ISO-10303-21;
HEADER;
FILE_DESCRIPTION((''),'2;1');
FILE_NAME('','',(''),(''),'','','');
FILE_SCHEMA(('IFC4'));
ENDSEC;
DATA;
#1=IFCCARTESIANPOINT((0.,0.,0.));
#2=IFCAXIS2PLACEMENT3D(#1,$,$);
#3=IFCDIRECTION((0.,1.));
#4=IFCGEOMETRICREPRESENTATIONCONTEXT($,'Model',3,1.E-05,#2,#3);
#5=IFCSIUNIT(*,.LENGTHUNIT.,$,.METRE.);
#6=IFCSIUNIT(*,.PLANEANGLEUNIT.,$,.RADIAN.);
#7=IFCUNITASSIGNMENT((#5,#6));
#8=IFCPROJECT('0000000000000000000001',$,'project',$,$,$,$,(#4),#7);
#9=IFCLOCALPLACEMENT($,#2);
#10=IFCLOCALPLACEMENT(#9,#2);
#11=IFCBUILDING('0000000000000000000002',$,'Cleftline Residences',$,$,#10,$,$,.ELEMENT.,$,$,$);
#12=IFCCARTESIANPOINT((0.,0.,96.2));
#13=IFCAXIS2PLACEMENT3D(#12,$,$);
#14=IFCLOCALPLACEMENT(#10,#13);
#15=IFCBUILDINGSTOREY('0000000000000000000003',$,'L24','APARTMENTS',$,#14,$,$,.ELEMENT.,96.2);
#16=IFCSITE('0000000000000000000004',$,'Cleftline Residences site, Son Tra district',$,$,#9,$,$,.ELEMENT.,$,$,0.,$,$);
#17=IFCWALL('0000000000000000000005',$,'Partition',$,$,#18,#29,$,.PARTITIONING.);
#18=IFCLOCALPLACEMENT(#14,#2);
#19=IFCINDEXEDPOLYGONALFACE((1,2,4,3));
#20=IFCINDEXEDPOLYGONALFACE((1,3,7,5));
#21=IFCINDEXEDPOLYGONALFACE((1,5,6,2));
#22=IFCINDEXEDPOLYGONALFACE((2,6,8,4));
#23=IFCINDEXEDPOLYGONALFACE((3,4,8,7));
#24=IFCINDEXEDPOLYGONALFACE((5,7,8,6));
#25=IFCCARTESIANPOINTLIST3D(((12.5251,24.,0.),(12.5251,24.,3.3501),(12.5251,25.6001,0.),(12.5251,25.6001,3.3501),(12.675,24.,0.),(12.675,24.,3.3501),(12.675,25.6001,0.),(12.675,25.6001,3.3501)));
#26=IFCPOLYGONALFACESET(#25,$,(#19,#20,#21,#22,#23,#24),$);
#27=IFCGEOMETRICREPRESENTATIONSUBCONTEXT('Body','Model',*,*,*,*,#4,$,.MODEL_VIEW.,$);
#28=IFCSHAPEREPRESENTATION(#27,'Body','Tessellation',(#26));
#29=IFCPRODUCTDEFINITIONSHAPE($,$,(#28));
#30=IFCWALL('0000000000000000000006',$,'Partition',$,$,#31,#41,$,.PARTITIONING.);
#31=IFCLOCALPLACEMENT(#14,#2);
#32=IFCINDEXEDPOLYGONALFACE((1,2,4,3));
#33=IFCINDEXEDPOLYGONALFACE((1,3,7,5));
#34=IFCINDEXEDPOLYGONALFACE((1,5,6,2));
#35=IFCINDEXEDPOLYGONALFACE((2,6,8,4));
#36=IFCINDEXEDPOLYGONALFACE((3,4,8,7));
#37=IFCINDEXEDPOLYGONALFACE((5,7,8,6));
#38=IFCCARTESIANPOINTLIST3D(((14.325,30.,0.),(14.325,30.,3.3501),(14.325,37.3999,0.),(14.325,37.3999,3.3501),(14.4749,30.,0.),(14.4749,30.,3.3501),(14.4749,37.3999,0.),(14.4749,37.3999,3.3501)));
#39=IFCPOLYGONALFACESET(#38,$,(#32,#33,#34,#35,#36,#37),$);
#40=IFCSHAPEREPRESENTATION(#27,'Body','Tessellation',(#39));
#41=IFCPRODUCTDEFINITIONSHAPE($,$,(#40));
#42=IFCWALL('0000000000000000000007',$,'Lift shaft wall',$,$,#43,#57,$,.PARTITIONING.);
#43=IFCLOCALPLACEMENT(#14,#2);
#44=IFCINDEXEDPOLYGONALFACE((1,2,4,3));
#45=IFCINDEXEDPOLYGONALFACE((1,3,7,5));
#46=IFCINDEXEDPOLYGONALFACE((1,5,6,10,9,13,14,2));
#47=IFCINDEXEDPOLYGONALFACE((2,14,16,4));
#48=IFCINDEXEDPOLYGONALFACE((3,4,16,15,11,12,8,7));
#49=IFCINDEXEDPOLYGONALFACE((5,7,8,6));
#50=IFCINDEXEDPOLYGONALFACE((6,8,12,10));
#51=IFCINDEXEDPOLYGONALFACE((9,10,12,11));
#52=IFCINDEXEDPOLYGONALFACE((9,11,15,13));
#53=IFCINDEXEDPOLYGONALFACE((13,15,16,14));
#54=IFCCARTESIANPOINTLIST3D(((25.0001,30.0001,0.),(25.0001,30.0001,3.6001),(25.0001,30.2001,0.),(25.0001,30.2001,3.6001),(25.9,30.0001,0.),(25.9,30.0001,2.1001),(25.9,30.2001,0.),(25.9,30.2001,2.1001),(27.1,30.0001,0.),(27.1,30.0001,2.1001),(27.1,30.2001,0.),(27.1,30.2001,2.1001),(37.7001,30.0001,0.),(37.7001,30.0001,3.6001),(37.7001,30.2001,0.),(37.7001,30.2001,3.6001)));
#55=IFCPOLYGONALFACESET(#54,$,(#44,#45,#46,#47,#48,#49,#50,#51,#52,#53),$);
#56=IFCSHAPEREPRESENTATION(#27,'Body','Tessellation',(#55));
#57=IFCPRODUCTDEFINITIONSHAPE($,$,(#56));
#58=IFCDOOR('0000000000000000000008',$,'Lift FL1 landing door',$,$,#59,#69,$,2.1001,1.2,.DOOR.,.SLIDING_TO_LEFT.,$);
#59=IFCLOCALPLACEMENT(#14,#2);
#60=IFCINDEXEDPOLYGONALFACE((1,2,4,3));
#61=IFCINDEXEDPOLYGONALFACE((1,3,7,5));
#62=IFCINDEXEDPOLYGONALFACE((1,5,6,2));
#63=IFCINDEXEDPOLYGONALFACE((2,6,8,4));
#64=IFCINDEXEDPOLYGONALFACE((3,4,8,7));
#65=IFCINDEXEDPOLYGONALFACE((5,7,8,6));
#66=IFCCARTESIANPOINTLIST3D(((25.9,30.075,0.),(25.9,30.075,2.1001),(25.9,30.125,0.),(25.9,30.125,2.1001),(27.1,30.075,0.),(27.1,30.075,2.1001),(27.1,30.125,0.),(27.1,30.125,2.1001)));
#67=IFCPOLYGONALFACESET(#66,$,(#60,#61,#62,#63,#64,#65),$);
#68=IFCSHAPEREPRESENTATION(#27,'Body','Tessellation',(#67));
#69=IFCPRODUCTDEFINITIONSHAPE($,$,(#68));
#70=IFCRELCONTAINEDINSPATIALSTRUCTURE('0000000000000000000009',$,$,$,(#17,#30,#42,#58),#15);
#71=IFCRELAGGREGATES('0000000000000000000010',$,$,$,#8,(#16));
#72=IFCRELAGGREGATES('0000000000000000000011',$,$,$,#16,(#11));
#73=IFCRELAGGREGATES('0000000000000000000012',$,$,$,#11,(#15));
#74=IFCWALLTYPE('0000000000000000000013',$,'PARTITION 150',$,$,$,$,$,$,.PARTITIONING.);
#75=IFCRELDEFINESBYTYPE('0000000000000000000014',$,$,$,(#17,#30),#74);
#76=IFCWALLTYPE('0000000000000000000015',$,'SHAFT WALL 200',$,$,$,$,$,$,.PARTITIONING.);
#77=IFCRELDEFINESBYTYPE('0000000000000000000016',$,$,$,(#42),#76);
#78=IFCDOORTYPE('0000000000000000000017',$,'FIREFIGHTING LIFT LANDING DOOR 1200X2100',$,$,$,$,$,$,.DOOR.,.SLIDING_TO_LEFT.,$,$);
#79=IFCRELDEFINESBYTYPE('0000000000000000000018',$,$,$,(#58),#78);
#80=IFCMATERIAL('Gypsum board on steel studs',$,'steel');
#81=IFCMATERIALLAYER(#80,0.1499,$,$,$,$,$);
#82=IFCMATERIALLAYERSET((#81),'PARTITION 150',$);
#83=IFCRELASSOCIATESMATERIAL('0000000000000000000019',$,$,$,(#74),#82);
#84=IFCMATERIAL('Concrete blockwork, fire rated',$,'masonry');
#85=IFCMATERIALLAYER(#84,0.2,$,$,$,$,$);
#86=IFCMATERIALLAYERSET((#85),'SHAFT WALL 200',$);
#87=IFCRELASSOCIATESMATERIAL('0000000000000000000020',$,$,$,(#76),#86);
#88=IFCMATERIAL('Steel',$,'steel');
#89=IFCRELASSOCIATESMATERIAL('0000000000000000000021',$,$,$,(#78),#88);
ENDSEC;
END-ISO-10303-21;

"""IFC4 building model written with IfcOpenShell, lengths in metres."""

from ifc_helpers import new_model, si_unit, direction, frame, frame_2d, origin, place, context, subcontext, project, spatial, rectangle, extrude, material, layer, layer_set, type_object, element, fill, save


model = new_model("IFC4")

# Units and contexts
model_context = context("Model", 3, precision=1e-05, world=origin(), true_north=direction((0.0, 1.0)))
body_context = subcontext(model_context, "Body", "Model", "MODEL_VIEW")
ifc_project = project(units=[si_unit("LENGTHUNIT", "METRE"), si_unit("PLANEANGLEUNIT", "RADIAN")], contexts=[model_context])

# Site, building, storey
site_placement = place(None, origin())
site = spatial("IfcSite", under=ifc_project, at=site_placement, Name="Cleftline Residences site, Son Tra district", CompositionType="ELEMENT", RefElevation=0.0)
building_placement = place(site_placement, origin())
building = spatial("IfcBuilding", under=site, at=building_placement, Name="Cleftline Residences", CompositionType="ELEMENT")
storey_placement = place(building_placement, frame((0.0, 0.0, 96.2)))
storey = spatial("IfcBuildingStorey", under=building, at=storey_placement, Name="L24", Description="APARTMENTS", CompositionType="ELEMENT", Elevation=96.2)

# Shared definitions
ifc_material_1 = material(Name="Gypsum board on steel studs", Category="steel")
ifc_layer_1 = layer(ifc_material_1, 0.1499)
ifc_layer_set_1 = layer_set([ifc_layer_1], Name="PARTITION 150")
wall_type_1 = type_object("IfcWallType", Name="PARTITION 150", PredefinedType="PARTITIONING", material=ifc_layer_set_1)

# Walls
wall_1_placement = place(storey_placement, frame((12.6001, 24.0, 0.0), z_axis=(0.0, 0.0, 1.0), x_axis=(0.0, 1.0, 0.0)))
element("IfcWall", 1, at=wall_1_placement, inside=storey, type_object=wall_type_1, Name="Partition", PredefinedType="PARTITIONING", context=body_context, shape_type="SweptSolid", body=[
    extrude(rectangle(XDim=1.6001, YDim=0.1499, at=frame_2d((0.8, 0.0))), origin(), (0.0, 0.0, 1.0), 3.3501),
])
wall_2_placement = place(storey_placement, frame((14.3999, 30.0, 0.0), z_axis=(0.0, 0.0, 1.0), x_axis=(0.0, 1.0, 0.0)))
element("IfcWall", 2, at=wall_2_placement, inside=storey, type_object=wall_type_1, Name="Partition", PredefinedType="PARTITIONING", context=body_context, shape_type="SweptSolid", body=[
    extrude(rectangle(XDim=7.3999, YDim=0.1499, at=frame_2d((3.7, 0.0))), origin(), (0.0, 0.0, 1.0), 3.3501),
])

# Wall, opening, door
ifc_material_2 = material(Name="Concrete blockwork, fire rated", Category="masonry")
ifc_layer_2 = layer(ifc_material_2, 0.2)
ifc_layer_set_2 = layer_set([ifc_layer_2], Name="SHAFT WALL 200")
wall_type_2 = type_object("IfcWallType", Name="SHAFT WALL 200", PredefinedType="PARTITIONING", material=ifc_layer_set_2)
wall_3_placement = place(storey_placement, frame((25.0, 30.1001, 0.0), z_axis=(0.0, 0.0, 1.0), x_axis=(1.0, 0.0, 0.0)))
wall_3 = element("IfcWall", 3, at=wall_3_placement, inside=storey, type_object=wall_type_2, Name="Lift shaft wall", PredefinedType="PARTITIONING", context=body_context, shape_type="SweptSolid", body=[
    extrude(rectangle(XDim=12.7, YDim=0.2, at=frame_2d((6.3501, 0.0))), origin(), (0.0, 0.0, 1.0), 3.6001),
])
opening_1_placement = place(wall_3_placement, frame((0.8999, 0.0, 0.0)))
opening_1 = element("IfcOpeningElement", 4, at=opening_1_placement, cuts=wall_3, PredefinedType="OPENING", context=body_context, shape_type="SweptSolid", body=[
    extrude(rectangle(XDim=1.2, YDim=2.1001, at=frame_2d((0.6001, 1.05))), frame((0.0, 0.1099, 0.0), z_axis=(0.0, -1.0, 0.0), x_axis=(1.0, 0.0, 0.0)), (0.0, 0.0, 1.0), 0.22),
])
ifc_material_3 = material(Name="Steel", Category="steel")
door_type_1 = type_object("IfcDoorType", Name="FIREFIGHTING LIFT LANDING DOOR 1200X2100", OperationType="SLIDING_TO_LEFT", PredefinedType="DOOR", material=ifc_material_3)
door_1_placement = place(opening_1_placement, origin())
door_1 = element("IfcDoor", 5, at=door_1_placement, inside=storey, type_object=door_type_1, Name="Lift FL1 landing door", OperationType="SLIDING_TO_LEFT", OverallHeight=2.1001, OverallWidth=1.2, PredefinedType="DOOR", context=body_context, shape_type="SweptSolid", body=[
    extrude(rectangle(XDim=1.2, YDim=2.1001, at=frame_2d((0.6001, 1.05))), frame((0.0, 0.0249, 0.0), z_axis=(0.0, -1.0, 0.0), x_axis=(1.0, 0.0, 0.0)), (0.0, 0.0, 1.0), 0.05),
])
fill(opening_1, door_1)

save(model, "model.ifc")
